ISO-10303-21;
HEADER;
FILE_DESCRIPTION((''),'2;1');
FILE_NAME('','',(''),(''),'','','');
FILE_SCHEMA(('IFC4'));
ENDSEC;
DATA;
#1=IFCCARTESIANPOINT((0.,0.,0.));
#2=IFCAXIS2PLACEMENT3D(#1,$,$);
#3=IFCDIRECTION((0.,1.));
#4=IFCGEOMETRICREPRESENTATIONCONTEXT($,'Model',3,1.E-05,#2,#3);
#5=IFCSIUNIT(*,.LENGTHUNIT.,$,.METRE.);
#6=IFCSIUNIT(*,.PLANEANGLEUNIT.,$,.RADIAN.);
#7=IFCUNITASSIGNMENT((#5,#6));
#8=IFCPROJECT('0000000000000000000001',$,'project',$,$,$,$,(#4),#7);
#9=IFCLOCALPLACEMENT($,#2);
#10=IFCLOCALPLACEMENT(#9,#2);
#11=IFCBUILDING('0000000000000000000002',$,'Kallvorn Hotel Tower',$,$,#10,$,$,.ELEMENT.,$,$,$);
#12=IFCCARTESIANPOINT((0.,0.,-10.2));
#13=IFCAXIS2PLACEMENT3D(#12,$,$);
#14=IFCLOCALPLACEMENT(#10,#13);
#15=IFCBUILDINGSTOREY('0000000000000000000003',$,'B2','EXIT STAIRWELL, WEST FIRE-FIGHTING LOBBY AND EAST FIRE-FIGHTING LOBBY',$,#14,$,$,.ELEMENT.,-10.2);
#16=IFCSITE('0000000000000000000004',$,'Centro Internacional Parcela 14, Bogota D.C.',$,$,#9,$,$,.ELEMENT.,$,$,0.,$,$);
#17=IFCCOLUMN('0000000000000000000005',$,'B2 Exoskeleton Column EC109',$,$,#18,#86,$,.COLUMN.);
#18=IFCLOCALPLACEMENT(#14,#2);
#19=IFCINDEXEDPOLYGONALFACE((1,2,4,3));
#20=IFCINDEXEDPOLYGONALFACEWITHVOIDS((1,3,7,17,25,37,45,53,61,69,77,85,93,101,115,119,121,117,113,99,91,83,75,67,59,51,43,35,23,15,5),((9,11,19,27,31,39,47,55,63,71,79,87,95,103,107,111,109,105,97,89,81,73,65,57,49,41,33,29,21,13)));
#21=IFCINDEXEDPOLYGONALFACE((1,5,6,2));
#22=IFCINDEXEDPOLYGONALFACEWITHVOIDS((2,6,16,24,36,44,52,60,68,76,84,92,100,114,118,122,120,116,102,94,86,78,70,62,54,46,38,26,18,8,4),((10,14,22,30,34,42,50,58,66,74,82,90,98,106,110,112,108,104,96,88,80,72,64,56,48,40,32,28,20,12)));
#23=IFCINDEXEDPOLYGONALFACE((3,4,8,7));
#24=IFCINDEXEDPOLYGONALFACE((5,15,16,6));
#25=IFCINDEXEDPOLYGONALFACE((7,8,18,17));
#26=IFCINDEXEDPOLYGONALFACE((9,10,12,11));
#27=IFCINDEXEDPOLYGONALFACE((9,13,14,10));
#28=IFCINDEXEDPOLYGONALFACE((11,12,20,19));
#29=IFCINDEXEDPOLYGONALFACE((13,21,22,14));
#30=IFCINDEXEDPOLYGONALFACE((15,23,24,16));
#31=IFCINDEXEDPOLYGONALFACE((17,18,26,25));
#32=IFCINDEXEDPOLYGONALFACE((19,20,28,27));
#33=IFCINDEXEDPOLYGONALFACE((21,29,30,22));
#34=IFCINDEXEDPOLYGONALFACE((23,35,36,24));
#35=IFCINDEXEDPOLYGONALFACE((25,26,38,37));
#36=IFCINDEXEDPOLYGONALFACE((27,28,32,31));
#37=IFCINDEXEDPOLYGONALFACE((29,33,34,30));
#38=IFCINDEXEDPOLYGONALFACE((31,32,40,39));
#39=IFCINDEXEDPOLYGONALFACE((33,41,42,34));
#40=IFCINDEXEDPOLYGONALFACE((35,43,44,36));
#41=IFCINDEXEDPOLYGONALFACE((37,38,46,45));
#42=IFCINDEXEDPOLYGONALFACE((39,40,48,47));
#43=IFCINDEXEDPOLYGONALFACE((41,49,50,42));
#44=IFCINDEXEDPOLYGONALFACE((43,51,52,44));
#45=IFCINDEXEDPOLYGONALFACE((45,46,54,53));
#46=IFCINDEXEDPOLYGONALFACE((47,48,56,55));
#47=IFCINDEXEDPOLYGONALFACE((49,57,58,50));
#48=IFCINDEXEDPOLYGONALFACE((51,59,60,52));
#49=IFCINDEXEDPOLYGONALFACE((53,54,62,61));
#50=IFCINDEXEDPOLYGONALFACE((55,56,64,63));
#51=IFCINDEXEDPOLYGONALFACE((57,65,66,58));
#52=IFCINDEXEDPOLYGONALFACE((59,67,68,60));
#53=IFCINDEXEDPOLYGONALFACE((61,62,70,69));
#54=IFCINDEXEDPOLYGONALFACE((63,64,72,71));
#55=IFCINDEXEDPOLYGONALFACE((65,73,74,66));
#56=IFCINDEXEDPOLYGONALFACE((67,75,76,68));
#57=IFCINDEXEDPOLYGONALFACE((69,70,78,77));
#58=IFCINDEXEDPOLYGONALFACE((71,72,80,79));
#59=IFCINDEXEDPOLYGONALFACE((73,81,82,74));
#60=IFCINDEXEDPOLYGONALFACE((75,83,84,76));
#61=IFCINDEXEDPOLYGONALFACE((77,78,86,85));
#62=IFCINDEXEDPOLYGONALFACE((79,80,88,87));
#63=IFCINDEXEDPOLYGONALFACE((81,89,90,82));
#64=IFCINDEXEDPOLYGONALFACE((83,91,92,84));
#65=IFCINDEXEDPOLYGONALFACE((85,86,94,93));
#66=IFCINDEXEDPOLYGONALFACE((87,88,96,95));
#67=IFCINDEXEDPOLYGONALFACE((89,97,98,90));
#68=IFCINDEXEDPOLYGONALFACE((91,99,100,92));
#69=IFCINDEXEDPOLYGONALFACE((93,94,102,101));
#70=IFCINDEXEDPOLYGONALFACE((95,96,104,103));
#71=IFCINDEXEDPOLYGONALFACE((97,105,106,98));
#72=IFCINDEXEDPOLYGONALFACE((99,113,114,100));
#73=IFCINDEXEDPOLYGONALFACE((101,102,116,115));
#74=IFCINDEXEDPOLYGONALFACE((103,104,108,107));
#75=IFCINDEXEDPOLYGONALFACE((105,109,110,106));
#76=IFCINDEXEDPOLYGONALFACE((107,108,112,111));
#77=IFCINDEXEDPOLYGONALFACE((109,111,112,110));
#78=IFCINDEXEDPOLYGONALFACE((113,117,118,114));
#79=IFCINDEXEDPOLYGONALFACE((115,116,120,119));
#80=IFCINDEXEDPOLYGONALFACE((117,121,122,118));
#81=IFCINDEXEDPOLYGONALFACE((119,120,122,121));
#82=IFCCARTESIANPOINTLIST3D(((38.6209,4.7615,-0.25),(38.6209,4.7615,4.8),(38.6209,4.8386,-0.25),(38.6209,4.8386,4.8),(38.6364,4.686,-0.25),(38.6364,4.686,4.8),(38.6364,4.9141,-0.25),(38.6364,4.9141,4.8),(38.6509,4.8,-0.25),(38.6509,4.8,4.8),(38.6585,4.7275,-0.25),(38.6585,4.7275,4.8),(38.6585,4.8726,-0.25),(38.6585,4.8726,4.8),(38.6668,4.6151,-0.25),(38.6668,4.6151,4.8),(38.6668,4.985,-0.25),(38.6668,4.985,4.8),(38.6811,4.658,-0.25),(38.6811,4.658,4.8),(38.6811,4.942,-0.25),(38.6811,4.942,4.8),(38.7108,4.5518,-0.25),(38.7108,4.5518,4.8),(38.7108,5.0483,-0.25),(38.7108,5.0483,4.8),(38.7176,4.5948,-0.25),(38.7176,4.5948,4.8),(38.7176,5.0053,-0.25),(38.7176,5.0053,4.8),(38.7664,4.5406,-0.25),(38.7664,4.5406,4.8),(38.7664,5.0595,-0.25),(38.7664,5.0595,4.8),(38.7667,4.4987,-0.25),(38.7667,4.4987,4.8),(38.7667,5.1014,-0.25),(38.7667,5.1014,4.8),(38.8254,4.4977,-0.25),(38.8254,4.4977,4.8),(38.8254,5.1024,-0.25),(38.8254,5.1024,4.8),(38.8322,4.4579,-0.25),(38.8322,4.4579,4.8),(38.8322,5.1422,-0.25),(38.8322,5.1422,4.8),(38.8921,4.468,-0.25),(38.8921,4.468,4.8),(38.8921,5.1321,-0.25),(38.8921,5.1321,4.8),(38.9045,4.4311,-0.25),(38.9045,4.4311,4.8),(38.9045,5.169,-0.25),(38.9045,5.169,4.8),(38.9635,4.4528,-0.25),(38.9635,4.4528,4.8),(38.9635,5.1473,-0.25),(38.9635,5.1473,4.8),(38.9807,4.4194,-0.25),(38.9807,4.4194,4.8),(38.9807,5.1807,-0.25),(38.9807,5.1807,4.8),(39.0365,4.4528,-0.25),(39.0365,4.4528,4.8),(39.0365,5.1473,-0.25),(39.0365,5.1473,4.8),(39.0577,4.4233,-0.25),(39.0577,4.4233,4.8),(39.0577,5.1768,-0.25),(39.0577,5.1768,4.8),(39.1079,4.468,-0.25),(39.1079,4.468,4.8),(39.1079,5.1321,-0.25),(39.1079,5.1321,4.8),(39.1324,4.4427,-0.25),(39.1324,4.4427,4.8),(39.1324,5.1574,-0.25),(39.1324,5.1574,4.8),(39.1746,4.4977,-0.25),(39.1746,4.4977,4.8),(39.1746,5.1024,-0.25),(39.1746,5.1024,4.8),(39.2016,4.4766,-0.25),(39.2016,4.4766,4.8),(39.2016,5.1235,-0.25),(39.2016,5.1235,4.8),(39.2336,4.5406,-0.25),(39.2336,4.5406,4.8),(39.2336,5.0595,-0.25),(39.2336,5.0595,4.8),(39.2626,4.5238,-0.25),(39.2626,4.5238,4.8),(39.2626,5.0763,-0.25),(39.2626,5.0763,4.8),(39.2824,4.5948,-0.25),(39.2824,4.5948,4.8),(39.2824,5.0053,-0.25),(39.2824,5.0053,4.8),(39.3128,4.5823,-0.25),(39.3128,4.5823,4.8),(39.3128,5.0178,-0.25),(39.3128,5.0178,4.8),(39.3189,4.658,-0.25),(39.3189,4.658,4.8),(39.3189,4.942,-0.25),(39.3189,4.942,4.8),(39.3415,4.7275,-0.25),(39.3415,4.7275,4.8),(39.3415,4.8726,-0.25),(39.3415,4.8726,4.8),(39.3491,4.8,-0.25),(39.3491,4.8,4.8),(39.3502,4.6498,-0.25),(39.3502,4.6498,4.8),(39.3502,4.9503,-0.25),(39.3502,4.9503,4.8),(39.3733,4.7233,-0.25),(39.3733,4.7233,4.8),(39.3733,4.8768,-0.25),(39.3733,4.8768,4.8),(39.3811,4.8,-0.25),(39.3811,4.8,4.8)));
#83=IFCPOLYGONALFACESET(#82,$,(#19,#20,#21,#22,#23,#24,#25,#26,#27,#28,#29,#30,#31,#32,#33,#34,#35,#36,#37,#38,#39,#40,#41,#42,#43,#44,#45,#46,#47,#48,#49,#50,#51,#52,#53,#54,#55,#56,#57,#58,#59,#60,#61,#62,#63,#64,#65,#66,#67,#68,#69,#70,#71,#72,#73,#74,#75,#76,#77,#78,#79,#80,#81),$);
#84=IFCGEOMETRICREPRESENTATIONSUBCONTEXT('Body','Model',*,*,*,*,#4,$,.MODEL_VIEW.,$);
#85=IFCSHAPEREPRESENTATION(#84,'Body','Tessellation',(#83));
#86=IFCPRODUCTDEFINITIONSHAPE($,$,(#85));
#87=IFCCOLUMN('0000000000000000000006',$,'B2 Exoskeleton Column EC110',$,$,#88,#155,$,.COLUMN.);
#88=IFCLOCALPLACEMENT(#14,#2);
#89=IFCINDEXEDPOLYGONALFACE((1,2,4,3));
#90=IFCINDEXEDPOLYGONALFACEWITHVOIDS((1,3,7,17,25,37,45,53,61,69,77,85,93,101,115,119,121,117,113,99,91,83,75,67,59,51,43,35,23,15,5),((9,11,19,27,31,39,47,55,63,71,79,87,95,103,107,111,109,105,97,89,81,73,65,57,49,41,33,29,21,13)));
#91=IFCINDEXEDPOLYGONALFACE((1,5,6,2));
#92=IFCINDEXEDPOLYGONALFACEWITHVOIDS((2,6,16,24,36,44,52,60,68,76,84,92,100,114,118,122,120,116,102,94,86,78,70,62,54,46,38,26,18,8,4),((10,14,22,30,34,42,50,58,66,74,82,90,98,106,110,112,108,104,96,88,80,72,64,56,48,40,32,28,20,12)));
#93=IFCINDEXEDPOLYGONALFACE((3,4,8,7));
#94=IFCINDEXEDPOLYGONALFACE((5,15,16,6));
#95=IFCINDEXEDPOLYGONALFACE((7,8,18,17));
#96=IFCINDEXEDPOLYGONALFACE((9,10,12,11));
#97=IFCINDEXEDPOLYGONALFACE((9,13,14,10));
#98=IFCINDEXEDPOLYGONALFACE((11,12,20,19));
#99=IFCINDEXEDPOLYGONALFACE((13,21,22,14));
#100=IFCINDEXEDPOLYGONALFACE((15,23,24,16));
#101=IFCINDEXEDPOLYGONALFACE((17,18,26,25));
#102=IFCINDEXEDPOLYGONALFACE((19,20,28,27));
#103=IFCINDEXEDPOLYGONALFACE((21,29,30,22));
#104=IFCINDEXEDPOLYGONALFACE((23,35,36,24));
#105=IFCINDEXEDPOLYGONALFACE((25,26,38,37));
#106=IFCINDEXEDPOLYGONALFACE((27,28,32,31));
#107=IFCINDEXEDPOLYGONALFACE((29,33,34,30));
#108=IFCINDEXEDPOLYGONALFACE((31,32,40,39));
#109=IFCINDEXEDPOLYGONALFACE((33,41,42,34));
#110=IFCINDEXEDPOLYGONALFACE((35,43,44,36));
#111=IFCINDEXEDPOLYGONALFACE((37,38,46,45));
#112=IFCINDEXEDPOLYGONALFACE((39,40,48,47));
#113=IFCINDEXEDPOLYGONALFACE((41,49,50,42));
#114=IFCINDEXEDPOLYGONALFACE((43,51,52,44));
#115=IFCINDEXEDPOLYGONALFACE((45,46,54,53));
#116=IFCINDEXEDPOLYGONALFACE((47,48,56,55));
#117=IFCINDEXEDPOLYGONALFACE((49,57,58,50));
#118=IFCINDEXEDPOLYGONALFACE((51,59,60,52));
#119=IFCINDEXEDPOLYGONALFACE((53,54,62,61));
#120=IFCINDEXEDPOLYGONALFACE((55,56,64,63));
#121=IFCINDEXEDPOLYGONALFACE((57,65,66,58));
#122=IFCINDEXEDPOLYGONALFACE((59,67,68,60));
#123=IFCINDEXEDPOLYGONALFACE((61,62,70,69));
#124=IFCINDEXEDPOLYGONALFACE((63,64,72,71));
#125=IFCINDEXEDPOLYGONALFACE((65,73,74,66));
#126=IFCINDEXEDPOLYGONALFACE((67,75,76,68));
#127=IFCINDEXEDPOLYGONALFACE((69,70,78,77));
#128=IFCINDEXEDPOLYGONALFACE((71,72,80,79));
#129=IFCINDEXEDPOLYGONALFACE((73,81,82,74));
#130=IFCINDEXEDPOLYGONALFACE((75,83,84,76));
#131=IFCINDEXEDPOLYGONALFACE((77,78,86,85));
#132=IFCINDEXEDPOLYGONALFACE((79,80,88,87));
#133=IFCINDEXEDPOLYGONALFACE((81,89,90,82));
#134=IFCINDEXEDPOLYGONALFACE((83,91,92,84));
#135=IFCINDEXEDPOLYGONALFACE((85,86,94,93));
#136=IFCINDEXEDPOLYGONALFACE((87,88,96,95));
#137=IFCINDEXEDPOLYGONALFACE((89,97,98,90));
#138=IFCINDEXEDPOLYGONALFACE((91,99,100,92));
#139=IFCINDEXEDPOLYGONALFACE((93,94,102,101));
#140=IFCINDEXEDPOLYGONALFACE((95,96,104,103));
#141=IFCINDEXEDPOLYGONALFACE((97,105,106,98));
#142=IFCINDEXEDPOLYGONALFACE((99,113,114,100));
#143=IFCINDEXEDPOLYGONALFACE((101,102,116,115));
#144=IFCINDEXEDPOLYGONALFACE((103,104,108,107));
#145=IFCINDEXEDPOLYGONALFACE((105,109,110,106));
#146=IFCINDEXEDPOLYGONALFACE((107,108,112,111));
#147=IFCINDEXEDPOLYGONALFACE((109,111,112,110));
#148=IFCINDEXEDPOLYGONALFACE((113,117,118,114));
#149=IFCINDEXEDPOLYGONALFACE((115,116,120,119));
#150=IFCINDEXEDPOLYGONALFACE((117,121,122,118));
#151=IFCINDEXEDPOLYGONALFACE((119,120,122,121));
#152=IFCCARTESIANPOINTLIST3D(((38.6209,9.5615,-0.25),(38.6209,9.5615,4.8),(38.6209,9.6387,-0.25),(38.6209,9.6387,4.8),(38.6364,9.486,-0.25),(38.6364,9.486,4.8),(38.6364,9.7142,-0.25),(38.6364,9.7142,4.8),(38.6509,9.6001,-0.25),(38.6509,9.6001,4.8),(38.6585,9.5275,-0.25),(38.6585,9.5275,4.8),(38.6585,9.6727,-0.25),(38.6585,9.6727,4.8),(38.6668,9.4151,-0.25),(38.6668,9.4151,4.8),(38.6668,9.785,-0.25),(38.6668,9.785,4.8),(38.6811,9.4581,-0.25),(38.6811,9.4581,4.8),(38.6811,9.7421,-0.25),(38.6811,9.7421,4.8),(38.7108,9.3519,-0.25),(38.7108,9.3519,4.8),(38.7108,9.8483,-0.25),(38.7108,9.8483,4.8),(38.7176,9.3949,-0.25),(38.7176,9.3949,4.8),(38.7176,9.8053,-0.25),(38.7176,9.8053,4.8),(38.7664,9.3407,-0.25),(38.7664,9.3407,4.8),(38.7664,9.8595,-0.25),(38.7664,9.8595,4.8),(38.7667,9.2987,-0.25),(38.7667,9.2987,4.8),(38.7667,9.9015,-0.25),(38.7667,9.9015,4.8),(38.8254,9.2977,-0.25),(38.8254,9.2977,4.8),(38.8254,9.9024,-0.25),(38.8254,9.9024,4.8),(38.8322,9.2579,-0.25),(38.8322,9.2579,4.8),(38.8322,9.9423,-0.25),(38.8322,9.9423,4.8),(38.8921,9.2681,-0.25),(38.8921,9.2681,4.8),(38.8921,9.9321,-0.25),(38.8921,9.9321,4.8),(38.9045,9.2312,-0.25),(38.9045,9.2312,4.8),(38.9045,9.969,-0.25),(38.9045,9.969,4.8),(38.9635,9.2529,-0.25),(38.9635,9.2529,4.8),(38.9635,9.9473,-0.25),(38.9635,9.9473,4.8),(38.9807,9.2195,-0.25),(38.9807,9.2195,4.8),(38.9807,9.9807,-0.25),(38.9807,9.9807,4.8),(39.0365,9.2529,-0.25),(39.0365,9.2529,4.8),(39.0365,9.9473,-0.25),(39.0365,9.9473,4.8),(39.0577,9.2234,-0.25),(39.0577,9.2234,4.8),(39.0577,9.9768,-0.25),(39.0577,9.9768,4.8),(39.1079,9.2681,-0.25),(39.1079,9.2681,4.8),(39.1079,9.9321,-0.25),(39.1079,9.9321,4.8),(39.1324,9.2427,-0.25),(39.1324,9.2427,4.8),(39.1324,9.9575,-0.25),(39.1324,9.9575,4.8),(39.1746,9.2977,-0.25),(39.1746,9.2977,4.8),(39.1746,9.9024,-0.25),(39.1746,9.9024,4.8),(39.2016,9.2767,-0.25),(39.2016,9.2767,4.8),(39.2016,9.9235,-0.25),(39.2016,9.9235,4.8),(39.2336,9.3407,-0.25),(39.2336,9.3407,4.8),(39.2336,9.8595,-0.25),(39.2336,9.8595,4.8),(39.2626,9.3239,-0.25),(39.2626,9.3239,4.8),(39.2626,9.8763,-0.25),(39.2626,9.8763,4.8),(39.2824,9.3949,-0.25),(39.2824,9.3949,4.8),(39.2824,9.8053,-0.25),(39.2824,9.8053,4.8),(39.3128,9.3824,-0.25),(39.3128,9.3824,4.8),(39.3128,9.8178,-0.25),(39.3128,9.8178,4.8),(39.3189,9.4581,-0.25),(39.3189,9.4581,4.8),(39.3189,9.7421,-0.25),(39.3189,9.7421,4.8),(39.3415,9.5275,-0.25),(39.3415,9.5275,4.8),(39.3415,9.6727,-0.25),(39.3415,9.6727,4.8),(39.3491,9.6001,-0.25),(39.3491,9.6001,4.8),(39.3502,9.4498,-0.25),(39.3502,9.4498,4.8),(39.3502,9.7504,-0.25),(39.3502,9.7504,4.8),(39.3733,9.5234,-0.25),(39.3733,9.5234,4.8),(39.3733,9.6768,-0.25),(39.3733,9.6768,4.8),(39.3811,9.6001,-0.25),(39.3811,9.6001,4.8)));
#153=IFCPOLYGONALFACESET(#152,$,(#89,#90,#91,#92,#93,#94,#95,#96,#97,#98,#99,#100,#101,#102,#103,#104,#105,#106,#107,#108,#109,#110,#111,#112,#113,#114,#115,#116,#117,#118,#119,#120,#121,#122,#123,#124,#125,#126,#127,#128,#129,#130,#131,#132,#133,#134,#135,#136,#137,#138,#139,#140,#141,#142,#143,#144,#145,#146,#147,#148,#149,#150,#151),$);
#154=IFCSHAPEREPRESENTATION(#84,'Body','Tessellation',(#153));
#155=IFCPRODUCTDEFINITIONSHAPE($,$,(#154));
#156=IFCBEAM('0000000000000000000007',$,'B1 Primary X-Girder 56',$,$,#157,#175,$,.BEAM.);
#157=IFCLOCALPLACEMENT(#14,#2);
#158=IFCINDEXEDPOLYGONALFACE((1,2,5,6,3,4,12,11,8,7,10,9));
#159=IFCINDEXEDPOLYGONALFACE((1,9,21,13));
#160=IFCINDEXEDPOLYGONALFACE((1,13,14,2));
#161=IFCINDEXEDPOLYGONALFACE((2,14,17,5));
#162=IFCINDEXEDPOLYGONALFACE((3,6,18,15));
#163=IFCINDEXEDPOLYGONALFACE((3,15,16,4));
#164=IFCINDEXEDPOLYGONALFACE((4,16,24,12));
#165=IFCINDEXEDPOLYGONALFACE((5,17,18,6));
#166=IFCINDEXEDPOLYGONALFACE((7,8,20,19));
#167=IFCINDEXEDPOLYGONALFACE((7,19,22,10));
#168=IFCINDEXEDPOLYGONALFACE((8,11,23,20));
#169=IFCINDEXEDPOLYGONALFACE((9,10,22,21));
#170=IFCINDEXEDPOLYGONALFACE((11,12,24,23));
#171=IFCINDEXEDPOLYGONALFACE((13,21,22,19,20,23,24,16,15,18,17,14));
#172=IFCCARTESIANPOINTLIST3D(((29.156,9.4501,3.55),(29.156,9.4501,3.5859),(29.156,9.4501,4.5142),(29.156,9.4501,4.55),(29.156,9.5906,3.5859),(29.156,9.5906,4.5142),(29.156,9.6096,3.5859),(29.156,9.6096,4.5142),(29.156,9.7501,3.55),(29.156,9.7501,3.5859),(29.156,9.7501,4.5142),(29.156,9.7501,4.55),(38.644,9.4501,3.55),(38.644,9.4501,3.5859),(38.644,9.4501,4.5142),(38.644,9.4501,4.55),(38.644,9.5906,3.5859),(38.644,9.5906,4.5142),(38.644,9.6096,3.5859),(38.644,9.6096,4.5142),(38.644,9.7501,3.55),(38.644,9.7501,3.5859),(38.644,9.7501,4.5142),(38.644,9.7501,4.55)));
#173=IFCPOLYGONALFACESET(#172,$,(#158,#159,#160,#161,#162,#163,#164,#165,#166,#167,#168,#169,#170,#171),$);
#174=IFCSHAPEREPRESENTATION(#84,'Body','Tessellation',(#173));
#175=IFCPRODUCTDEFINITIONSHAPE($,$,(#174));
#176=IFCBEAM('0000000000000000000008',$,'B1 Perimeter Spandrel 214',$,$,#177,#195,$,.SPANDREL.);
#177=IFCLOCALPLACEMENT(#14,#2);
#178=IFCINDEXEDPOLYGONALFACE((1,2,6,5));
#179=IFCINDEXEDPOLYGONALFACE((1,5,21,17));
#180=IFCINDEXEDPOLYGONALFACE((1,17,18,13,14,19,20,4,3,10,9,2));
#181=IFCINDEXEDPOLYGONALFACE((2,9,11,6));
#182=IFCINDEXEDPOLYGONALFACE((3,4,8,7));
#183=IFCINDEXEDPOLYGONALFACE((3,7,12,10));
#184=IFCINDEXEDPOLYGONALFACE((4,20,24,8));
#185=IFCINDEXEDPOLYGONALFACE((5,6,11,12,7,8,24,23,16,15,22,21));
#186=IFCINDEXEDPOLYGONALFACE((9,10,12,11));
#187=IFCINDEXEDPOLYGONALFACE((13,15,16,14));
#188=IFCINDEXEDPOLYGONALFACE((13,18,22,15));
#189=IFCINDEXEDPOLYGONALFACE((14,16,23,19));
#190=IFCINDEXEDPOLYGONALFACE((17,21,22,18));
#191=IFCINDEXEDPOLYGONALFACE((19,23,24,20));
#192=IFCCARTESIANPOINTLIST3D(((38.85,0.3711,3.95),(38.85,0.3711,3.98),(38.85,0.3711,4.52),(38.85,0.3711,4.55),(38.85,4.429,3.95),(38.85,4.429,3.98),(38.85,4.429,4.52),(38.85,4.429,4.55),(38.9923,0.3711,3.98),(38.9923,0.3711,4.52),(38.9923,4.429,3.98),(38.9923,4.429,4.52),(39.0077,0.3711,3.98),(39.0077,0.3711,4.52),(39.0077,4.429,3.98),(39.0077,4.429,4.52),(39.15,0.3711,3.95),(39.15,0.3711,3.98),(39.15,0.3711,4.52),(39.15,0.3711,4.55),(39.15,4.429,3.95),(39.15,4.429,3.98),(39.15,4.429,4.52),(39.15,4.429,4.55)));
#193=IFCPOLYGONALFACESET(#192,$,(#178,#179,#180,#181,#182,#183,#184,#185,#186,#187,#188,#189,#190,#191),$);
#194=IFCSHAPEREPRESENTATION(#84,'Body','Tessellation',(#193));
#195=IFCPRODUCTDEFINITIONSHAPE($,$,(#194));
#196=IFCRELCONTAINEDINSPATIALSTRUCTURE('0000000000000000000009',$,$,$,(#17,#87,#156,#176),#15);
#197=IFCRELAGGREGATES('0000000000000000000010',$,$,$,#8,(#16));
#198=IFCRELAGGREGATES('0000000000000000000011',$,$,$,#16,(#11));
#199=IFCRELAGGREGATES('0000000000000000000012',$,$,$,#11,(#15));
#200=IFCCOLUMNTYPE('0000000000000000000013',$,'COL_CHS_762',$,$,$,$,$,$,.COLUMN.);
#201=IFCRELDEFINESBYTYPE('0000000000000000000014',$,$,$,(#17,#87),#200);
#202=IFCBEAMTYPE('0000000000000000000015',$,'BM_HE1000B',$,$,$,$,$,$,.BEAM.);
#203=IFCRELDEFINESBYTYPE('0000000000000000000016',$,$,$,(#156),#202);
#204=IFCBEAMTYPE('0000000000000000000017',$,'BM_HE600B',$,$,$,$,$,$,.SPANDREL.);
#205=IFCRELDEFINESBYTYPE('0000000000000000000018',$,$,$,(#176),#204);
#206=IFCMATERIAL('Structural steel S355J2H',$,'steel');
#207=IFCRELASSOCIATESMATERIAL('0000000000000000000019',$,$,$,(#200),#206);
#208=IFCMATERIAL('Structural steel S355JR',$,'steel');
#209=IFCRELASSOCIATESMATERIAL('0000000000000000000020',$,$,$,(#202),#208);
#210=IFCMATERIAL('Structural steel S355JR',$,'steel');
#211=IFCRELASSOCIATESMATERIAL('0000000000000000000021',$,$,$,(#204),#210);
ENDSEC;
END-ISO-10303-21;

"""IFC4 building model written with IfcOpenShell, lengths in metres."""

from ifc_helpers import new_model, si_unit, direction, frame, origin, origin_2d, place, context, subcontext, project, spatial, hollow_circle, i_section, extrude, material, material_profile, profile_set, type_object, element, save


model = new_model("IFC4")

# Units and contexts
model_context = context("Model", 3, precision=1e-05, world=origin(), true_north=direction((0.0, 1.0)))
body_context = subcontext(model_context, "Body", "Model", "MODEL_VIEW")
ifc_project = project(units=[si_unit("LENGTHUNIT", "METRE"), si_unit("PLANEANGLEUNIT", "RADIAN")], contexts=[model_context])

# Site, building, storey
site_placement = place(None, origin())
site = spatial("IfcSite", under=ifc_project, at=site_placement, Name="Centro Internacional Parcela 14, Bogota D.C.", CompositionType="ELEMENT", RefElevation=0.0)
building_placement = place(site_placement, origin())
building = spatial("IfcBuilding", under=site, at=building_placement, Name="Kallvorn Hotel Tower", CompositionType="ELEMENT")
storey_placement = place(building_placement, frame((0.0, 0.0, -10.2)))
storey = spatial("IfcBuildingStorey", under=building, at=storey_placement, Name="B2", Description="EXIT STAIRWELL, WEST FIRE-FIGHTING LOBBY AND EAST FIRE-FIGHTING LOBBY", CompositionType="ELEMENT", Elevation=-10.2)

# Columns
ifc_material_1 = material(Name="Structural steel S355J2H", Category="steel")
ifc_material_profile_1 = material_profile(ifc_material_1, hollow_circle(Radius=0.3811, WallThickness=0.032, at=origin_2d()), Name="CHS 762x32")
ifc_profile_set_1 = profile_set([ifc_material_profile_1], Name="Structural steel S355J2H")
column_type = type_object("IfcColumnType", Name="COL_CHS_762", PredefinedType="COLUMN", material=ifc_profile_set_1)
for number, where, z_axis, x_axis, name in (
    (1, (39.0, 4.8, -0.25), (0.0, 0.0, 1.0), (1.0, 0.0, 0.0), "B2 Exoskeleton Column EC109"),
    (2, (39.0, 9.6001, -0.25), (0.0, 0.0, 1.0), (1.0, 0.0, 0.0), "B2 Exoskeleton Column EC110"),
):
    element("IfcColumn", number, at=place(storey_placement, frame(where, z_axis=z_axis, x_axis=x_axis)), inside=storey, type_object=column_type, Name=name, PredefinedType="COLUMN", context=body_context, shape_type="SweptSolid", body=[
        extrude(hollow_circle(Radius=0.3811, WallThickness=0.032, at=origin_2d()), origin(), (0.0, 0.0, 1.0), 5.05),
    ])

# Beams
ifc_material_2 = material(Name="Structural steel S355JR", Category="steel")
ifc_material_profile_2 = material_profile(ifc_material_2, i_section(OverallWidth=0.3, OverallDepth=1.0, WebThickness=0.019, FlangeThickness=0.0359, at=origin_2d()), Name="HE 1000 B")
ifc_profile_set_2 = profile_set([ifc_material_profile_2], Name="Structural steel S355JR")
beam_type_1 = type_object("IfcBeamType", Name="BM_HE1000B", PredefinedType="BEAM", material=ifc_profile_set_2)
beam_1_placement = place(storey_placement, frame((29.156, 9.6001, 4.05), z_axis=(1.0, 0.0, 0.0), x_axis=(0.0, 1.0, 0.0)))
element("IfcBeam", 3, at=beam_1_placement, inside=storey, type_object=beam_type_1, Name="B1 Primary X-Girder 56", PredefinedType="BEAM", context=body_context, shape_type="SweptSolid", body=[
    extrude(i_section(OverallWidth=0.3, OverallDepth=1.0, WebThickness=0.019, FlangeThickness=0.0359, at=origin_2d()), origin(), (0.0, 0.0, 1.0), 9.488),
])
ifc_material_3 = material(Name="Structural steel S355JR", Category="steel")
ifc_material_profile_3 = material_profile(ifc_material_3, i_section(OverallWidth=0.3, OverallDepth=0.6001, WebThickness=0.0154, FlangeThickness=0.03, at=origin_2d()), Name="HE 600 B")
ifc_profile_set_3 = profile_set([ifc_material_profile_3], Name="Structural steel S355JR")
beam_type_2 = type_object("IfcBeamType", Name="BM_HE600B", PredefinedType="SPANDREL", material=ifc_profile_set_3)
beam_2_placement = place(storey_placement, frame((39.0, 0.3711, 4.25), z_axis=(0.0, 1.0, 0.0), x_axis=(-1.0, 0.0, 0.0)))
element("IfcBeam", 4, at=beam_2_placement, inside=storey, type_object=beam_type_2, Name="B1 Perimeter Spandrel 214", PredefinedType="SPANDREL", context=body_context, shape_type="SweptSolid", body=[
    extrude(i_section(OverallWidth=0.3, OverallDepth=0.6001, WebThickness=0.0154, FlangeThickness=0.03, at=origin_2d()), origin(), (0.0, 0.0, 1.0), 4.0579),
])

save(model, "model.ifc")
